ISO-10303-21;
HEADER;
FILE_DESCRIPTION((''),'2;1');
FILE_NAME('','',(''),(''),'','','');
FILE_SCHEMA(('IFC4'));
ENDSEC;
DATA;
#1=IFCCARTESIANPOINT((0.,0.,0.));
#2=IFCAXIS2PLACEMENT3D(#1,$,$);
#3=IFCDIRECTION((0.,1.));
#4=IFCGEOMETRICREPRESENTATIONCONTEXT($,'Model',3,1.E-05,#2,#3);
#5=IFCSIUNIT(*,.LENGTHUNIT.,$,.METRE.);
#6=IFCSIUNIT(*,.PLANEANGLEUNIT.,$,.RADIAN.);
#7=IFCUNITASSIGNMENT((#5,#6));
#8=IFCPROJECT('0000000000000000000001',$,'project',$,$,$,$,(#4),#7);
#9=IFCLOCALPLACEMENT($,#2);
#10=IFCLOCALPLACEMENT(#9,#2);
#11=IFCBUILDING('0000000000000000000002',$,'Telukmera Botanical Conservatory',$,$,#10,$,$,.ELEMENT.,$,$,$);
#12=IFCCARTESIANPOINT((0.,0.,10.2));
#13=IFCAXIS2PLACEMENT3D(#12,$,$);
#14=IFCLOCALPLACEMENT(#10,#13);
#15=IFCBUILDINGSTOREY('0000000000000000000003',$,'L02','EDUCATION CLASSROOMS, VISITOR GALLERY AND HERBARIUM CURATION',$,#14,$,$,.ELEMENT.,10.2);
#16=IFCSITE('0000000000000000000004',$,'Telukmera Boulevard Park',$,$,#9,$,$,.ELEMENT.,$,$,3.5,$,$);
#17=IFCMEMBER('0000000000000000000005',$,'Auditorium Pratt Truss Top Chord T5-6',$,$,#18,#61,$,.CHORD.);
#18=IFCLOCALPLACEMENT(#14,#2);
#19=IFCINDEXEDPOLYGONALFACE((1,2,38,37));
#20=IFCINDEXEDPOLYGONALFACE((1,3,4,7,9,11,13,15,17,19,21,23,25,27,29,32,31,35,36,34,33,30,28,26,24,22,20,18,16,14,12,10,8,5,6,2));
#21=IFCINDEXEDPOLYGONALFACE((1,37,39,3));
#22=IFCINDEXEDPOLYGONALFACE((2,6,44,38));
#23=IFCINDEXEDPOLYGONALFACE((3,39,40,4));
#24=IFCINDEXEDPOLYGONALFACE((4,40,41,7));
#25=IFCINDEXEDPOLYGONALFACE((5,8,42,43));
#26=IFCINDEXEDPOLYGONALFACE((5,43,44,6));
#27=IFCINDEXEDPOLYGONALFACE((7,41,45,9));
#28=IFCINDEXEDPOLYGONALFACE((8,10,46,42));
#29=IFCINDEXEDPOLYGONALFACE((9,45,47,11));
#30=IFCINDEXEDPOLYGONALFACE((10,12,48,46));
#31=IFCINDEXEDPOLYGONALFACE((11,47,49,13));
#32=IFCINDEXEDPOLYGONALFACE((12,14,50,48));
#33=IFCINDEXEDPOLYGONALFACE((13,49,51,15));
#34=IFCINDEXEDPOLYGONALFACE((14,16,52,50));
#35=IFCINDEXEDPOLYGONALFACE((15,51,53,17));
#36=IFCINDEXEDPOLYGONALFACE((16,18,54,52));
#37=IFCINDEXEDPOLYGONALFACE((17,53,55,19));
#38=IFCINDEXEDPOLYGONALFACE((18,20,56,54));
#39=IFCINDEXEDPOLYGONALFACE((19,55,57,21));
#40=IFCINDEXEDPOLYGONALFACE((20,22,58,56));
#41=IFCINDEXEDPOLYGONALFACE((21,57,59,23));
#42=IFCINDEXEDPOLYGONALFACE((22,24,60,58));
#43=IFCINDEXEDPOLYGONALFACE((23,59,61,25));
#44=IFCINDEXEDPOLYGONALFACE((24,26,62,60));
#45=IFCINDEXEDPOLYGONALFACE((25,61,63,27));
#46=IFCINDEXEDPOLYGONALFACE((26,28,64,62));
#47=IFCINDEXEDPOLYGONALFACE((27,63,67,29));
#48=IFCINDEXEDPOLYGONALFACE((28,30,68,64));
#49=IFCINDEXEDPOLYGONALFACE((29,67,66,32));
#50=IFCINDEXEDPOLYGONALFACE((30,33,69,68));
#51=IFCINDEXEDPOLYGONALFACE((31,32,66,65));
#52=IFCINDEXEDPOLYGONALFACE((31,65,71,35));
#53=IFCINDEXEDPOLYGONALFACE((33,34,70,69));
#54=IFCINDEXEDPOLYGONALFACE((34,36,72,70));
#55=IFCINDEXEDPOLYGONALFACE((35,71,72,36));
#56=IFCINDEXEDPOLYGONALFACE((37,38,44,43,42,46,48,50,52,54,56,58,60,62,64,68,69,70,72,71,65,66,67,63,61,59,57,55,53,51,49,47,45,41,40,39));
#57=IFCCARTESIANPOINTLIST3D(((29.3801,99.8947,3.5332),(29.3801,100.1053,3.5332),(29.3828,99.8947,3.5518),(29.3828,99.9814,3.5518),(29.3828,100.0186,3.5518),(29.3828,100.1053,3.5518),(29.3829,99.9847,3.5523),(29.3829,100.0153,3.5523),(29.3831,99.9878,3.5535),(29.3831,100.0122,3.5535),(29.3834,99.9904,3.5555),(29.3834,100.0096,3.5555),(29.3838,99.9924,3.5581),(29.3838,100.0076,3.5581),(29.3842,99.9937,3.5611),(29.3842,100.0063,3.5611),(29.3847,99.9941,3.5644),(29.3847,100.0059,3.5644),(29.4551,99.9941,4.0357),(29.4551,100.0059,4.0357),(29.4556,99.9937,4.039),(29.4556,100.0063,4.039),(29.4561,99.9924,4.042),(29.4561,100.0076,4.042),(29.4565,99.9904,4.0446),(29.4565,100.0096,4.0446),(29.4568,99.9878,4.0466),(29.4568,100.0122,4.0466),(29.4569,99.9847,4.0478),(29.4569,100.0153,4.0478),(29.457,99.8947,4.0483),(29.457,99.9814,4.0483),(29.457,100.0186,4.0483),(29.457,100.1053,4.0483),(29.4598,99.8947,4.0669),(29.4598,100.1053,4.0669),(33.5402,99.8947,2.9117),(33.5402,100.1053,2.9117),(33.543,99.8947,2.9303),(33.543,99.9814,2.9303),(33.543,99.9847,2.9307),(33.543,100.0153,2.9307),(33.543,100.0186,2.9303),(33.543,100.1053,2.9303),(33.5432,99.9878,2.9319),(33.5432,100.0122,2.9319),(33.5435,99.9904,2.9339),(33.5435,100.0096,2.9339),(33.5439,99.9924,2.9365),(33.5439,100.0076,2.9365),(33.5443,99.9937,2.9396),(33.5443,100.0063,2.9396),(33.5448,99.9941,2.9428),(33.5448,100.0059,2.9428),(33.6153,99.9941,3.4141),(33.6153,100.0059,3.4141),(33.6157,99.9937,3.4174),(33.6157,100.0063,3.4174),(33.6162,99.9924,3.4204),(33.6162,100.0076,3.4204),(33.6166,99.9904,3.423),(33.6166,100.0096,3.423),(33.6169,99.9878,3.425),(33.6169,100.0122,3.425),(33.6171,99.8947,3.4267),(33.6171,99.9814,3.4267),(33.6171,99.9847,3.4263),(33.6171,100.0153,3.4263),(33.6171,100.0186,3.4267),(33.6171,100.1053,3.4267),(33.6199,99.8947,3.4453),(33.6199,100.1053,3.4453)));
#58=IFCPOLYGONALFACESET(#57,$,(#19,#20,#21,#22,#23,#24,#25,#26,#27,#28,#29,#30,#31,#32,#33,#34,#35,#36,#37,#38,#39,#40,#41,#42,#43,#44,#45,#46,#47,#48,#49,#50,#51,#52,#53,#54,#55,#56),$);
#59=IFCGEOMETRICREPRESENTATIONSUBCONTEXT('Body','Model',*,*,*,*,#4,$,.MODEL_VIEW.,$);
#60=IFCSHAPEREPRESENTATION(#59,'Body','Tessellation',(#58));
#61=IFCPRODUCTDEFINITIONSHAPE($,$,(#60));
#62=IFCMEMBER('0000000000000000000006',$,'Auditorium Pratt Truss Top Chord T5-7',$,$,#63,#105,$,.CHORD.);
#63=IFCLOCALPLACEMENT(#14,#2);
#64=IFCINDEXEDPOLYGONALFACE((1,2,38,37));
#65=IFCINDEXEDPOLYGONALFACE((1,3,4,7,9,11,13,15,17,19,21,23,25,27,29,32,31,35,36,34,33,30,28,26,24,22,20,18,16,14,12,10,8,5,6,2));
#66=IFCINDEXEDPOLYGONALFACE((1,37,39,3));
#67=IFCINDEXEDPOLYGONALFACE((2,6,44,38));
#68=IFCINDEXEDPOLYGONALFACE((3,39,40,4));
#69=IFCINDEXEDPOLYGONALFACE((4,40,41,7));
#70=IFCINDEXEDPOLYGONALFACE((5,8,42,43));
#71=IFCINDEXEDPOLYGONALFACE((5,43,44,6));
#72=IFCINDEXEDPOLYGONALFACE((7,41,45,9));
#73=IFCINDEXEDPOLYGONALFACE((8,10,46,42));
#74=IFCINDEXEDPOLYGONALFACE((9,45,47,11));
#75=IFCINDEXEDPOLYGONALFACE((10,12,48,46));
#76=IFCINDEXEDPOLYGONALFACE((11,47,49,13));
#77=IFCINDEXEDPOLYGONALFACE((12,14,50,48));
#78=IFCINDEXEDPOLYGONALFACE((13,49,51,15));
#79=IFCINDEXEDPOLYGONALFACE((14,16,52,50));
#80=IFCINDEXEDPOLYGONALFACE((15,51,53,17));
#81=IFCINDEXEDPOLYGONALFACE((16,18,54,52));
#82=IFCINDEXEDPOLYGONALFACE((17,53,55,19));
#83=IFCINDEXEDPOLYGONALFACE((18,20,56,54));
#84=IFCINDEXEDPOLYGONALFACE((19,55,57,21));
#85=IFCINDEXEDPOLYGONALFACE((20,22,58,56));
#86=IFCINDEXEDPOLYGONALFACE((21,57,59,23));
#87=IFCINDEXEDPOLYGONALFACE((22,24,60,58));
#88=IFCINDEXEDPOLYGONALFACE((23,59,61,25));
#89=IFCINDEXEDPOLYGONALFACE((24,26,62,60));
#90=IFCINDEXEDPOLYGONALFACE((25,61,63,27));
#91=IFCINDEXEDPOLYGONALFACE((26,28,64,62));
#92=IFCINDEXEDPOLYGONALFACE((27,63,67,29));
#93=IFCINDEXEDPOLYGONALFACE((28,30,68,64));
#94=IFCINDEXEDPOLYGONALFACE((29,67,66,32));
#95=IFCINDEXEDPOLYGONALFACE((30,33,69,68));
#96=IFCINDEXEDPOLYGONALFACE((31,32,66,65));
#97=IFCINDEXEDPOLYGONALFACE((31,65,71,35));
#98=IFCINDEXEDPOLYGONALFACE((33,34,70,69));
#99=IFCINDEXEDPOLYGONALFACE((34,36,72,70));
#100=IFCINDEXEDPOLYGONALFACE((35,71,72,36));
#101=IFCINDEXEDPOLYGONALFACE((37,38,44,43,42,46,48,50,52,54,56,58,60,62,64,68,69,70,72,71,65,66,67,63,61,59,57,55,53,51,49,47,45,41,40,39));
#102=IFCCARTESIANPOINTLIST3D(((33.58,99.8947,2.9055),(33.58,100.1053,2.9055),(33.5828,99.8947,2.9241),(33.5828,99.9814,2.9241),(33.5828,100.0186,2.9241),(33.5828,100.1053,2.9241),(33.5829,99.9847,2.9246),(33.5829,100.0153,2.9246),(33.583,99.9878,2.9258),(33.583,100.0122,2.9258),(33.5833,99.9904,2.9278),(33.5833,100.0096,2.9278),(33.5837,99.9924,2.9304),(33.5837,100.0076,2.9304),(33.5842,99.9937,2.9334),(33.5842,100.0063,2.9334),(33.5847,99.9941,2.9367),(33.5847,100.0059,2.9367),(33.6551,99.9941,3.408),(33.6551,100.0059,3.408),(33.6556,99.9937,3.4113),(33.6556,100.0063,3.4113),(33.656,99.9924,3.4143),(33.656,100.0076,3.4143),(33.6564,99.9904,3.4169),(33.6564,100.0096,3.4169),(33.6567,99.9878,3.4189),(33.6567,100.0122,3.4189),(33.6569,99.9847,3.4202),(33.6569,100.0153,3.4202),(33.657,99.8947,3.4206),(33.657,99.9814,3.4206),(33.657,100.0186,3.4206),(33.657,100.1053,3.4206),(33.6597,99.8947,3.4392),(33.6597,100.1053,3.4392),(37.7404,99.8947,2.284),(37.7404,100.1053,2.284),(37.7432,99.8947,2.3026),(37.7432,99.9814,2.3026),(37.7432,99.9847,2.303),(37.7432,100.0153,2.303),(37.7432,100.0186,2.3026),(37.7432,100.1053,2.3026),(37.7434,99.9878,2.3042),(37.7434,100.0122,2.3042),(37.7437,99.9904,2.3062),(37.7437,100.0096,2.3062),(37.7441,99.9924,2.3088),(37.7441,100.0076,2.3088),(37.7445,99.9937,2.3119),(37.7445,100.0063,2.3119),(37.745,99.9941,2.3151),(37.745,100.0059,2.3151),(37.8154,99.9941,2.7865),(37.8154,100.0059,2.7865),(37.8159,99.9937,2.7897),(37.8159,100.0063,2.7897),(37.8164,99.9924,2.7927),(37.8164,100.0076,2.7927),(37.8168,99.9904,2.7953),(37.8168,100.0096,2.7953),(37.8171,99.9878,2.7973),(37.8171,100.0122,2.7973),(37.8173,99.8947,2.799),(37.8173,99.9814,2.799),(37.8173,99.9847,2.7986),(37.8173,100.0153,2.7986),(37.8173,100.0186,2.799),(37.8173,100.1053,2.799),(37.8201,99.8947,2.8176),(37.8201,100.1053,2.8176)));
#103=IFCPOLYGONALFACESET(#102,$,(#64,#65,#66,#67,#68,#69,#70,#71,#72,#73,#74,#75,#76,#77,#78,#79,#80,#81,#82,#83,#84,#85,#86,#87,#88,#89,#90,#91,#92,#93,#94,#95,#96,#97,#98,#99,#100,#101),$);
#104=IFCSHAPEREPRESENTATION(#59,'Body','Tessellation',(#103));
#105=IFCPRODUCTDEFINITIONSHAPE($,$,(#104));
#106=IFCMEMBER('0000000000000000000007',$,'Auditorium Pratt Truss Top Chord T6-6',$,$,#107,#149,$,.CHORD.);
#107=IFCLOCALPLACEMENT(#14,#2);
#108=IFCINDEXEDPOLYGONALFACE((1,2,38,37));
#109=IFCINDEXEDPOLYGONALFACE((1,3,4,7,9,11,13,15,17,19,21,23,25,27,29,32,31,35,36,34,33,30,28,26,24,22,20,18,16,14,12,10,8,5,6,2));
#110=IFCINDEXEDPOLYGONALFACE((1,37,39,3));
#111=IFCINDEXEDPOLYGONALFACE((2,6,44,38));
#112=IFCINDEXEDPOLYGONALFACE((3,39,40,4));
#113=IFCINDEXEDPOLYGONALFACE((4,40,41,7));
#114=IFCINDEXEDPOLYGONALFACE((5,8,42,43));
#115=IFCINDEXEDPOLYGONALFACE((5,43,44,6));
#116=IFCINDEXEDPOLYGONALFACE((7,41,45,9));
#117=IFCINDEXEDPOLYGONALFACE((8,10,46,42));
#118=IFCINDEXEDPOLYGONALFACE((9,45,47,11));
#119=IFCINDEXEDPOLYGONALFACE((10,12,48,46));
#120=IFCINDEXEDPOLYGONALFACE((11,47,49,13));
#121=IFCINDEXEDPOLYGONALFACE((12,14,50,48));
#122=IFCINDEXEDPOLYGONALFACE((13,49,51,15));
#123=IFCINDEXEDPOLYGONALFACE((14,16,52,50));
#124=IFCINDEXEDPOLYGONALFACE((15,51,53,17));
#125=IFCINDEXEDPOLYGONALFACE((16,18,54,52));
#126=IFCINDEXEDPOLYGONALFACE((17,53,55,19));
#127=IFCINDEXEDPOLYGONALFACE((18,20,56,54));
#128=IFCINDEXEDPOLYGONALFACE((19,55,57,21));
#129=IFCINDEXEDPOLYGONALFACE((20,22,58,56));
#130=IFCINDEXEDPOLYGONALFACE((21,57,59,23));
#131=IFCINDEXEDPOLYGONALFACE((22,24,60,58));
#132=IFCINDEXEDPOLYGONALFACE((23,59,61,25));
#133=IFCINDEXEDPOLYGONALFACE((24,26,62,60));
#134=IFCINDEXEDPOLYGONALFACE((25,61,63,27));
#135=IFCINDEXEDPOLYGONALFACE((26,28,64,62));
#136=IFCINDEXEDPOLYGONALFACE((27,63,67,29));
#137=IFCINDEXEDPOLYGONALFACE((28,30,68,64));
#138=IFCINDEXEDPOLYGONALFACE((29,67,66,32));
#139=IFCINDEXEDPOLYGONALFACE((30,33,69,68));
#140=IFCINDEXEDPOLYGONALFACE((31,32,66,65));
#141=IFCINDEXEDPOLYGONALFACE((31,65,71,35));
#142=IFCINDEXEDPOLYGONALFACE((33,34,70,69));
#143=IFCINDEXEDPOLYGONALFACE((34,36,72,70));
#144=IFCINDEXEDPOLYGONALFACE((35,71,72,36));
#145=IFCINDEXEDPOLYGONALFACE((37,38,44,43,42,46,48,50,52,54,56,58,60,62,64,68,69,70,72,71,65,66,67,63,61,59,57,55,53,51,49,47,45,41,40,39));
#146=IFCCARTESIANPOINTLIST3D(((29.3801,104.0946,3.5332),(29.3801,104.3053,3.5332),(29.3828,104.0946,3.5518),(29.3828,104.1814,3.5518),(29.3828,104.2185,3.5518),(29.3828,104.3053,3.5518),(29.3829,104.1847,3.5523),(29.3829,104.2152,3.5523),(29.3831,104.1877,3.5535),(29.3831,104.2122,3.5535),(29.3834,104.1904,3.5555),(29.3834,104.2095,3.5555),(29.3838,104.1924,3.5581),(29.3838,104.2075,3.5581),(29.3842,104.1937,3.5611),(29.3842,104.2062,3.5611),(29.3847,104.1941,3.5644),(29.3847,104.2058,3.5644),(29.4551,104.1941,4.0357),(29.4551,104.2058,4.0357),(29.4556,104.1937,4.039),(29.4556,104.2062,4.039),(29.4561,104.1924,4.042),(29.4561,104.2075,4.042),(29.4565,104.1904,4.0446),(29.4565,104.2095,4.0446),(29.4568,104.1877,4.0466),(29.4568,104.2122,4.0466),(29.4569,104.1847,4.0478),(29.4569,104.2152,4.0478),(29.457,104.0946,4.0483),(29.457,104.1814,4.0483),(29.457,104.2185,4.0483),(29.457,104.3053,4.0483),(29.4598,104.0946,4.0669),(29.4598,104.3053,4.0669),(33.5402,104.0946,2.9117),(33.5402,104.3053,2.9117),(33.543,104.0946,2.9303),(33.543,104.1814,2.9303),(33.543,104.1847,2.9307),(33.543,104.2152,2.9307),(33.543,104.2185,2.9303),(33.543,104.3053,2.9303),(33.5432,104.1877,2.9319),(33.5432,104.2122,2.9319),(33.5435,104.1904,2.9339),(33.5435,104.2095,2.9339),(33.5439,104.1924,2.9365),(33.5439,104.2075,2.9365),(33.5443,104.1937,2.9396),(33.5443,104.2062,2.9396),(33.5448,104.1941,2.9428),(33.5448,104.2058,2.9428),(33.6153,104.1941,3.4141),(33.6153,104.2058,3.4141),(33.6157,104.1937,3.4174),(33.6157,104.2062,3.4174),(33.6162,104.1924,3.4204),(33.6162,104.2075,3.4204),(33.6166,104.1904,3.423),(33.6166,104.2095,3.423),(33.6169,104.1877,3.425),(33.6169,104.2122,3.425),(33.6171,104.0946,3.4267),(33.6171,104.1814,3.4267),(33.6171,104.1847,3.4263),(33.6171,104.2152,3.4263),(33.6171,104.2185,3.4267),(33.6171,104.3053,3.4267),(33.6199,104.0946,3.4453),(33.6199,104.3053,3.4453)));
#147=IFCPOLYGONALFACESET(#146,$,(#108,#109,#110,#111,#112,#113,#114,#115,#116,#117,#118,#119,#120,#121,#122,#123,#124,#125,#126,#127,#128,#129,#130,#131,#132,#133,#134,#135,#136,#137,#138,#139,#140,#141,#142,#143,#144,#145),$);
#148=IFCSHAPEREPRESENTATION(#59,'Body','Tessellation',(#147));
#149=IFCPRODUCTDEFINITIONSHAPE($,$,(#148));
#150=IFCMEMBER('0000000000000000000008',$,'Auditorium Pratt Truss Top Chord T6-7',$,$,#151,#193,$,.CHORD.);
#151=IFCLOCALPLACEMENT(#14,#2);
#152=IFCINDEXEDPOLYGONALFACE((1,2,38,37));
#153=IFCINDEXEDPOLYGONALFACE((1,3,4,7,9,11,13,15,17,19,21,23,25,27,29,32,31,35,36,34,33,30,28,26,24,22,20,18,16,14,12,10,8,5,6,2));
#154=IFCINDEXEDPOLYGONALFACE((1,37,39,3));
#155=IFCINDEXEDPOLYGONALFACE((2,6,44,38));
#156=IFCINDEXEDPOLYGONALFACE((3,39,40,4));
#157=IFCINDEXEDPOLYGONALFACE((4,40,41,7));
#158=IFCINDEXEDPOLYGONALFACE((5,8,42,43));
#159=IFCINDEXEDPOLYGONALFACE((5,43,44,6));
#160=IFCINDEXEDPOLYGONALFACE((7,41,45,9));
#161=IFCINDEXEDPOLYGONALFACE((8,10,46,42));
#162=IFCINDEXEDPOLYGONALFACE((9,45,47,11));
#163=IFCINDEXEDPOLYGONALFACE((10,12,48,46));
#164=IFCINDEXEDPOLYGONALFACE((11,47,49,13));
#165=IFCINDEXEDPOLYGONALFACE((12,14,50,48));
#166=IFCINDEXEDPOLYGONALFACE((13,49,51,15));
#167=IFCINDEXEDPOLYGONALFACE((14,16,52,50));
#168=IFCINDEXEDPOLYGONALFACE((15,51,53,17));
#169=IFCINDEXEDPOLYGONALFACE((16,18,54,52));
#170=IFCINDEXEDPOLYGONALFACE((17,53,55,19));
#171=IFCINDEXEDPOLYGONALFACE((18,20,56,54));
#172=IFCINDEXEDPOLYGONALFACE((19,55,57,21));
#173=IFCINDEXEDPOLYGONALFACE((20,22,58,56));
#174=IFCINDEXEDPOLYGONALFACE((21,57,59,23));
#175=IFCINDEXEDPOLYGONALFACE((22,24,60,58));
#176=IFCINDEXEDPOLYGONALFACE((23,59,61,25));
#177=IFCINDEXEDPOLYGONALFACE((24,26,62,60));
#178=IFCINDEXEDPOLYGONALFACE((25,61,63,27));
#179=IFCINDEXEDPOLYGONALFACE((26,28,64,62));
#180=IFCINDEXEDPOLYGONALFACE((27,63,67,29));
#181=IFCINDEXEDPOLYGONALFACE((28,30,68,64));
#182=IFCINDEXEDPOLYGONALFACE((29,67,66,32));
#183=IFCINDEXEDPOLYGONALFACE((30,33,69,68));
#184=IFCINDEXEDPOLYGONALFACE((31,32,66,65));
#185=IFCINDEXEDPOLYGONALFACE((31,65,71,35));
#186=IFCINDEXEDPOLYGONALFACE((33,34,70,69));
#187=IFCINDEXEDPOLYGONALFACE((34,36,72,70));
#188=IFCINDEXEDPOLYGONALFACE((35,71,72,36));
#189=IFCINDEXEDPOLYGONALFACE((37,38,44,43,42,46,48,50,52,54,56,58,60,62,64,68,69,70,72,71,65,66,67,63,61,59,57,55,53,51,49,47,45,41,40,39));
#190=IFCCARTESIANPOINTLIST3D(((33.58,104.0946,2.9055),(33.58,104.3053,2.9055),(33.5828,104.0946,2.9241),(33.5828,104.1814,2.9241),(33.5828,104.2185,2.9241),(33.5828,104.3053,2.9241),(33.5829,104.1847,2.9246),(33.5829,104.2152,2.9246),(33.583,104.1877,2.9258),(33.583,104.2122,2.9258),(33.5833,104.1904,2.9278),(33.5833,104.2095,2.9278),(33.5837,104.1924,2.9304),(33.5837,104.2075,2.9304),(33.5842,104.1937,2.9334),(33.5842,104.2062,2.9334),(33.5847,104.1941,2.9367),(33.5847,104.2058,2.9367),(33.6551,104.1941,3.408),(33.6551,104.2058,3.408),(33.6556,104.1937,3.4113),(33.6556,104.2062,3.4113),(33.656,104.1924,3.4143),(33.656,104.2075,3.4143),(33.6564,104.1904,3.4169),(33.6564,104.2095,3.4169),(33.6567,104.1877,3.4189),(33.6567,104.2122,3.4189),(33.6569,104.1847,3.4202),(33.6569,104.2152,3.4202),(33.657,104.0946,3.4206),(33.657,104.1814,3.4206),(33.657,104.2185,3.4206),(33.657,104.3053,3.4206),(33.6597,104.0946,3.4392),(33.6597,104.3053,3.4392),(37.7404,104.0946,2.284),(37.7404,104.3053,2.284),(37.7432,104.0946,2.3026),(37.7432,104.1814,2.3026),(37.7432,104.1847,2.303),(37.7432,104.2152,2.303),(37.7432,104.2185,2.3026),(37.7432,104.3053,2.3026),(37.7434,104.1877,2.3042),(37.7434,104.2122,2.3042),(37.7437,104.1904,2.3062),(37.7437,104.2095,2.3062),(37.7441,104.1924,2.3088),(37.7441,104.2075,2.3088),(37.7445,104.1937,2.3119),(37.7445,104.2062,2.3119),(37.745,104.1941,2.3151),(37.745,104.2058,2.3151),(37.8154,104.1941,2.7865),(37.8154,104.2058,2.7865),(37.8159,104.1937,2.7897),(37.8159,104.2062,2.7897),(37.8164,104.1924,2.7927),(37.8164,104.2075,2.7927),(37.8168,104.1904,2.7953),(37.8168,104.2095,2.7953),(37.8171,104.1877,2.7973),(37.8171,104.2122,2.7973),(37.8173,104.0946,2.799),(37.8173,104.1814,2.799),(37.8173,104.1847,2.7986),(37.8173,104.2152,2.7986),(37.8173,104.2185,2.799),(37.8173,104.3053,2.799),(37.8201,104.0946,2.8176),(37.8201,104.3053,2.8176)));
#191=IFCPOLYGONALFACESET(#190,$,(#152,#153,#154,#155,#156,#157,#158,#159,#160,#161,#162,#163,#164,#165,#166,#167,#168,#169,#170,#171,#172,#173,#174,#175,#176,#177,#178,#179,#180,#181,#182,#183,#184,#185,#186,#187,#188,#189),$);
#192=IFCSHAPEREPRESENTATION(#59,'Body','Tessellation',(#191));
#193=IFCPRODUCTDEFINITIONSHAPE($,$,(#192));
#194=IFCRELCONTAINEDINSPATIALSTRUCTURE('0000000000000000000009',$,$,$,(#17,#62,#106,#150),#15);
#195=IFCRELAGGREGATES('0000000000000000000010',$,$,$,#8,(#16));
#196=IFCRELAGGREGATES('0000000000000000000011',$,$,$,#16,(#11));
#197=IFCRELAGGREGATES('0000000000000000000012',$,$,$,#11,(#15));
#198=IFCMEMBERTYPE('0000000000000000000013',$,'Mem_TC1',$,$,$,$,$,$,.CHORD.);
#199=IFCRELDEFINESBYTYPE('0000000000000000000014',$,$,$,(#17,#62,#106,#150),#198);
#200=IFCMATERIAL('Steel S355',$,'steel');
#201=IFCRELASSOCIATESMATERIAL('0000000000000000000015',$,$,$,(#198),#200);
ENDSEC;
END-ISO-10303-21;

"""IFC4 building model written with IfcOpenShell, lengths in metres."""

from ifc_helpers import new_model, si_unit, direction, frame, origin, origin_2d, place, context, subcontext, project, spatial, i_section, extrude, material, material_profile, profile_set, type_object, element, save


model = new_model("IFC4")

# Units and contexts
model_context = context("Model", 3, precision=1e-05, world=origin(), true_north=direction((0.0, 1.0)))
body_context = subcontext(model_context, "Body", "Model", "MODEL_VIEW")
ifc_project = project(units=[si_unit("LENGTHUNIT", "METRE"), si_unit("PLANEANGLEUNIT", "RADIAN")], contexts=[model_context])

# Site, building, storey
site_placement = place(None, origin())
site = spatial("IfcSite", under=ifc_project, at=site_placement, Name="Telukmera Boulevard Park", CompositionType="ELEMENT", RefElevation=3.5)
building_placement = place(site_placement, origin())
building = spatial("IfcBuilding", under=site, at=building_placement, Name="Telukmera Botanical Conservatory", CompositionType="ELEMENT")
storey_placement = place(building_placement, frame((0.0, 0.0, 10.2)))
storey = spatial("IfcBuildingStorey", under=building, at=storey_placement, Name="L02", Description="EDUCATION CLASSROOMS, VISITOR GALLERY AND HERBARIUM CURATION", CompositionType="ELEMENT", Elevation=10.2)

# Members
ifc_material = material(Name="Steel S355", Category="steel")
ifc_material_profile_1 = material_profile(ifc_material, i_section(OverallWidth=0.2107, OverallDepth=0.5396, WebThickness=0.0117, FlangeThickness=0.0188, FilletRadius=0.0127, at=origin_2d()), Name="UB 533x210x109")
ifc_profile_set_1 = profile_set([ifc_material_profile_1], Name="Steel S355")
member_type_1 = type_object("IfcMemberType", Name="Mem_TC1", PredefinedType="CHORD", material=ifc_profile_set_1)
member_1_placement = place(storey_placement, frame((29.4199, 100.0, 3.8), z_axis=(0.989021, 0.0, -0.147773), x_axis=(0.0, 1.0, 0.0)))
element("IfcMember", 1, at=member_1_placement, inside=storey, type_object=member_type_1, Name="Auditorium Pratt Truss Top Chord T5-6", PredefinedType="CHORD", context=body_context, shape_type="SweptSolid", body=[
    extrude(i_section(OverallWidth=0.2107, OverallDepth=0.5396, WebThickness=0.0117, FlangeThickness=0.0188, FilletRadius=0.0127, at=origin_2d()), origin(), (0.0, 0.0, 1.0), 4.2063),
])
member_2_placement = place(storey_placement, frame((33.6199, 100.0, 3.1724), z_axis=(0.989023, 0.0, -0.147764), x_axis=(0.0, 1.0, 0.0)))
element("IfcMember", 2, at=member_2_placement, inside=storey, type_object=member_type_1, Name="Auditorium Pratt Truss Top Chord T5-7", PredefinedType="CHORD", context=body_context, shape_type="SweptSolid", body=[
    extrude(i_section(OverallWidth=0.2107, OverallDepth=0.5396, WebThickness=0.0117, FlangeThickness=0.0188, FilletRadius=0.0127, at=origin_2d()), origin(), (0.0, 0.0, 1.0), 4.2065),
])
member_3_placement = place(storey_placement, frame((29.4199, 104.2, 3.8), z_axis=(0.989021, 0.0, -0.147773), x_axis=(0.0, 1.0, 0.0)))
element("IfcMember", 3, at=member_3_placement, inside=storey, type_object=member_type_1, Name="Auditorium Pratt Truss Top Chord T6-6", PredefinedType="CHORD", context=body_context, shape_type="SweptSolid", body=[
    extrude(i_section(OverallWidth=0.2107, OverallDepth=0.5396, WebThickness=0.0117, FlangeThickness=0.0188, FilletRadius=0.0127, at=origin_2d()), origin(), (0.0, 0.0, 1.0), 4.2063),
])
member_4_placement = place(storey_placement, frame((33.6199, 104.2, 3.1724), z_axis=(0.989023, 0.0, -0.147764), x_axis=(0.0, 1.0, 0.0)))
element("IfcMember", 4, at=member_4_placement, inside=storey, type_object=member_type_1, Name="Auditorium Pratt Truss Top Chord T6-7", PredefinedType="CHORD", context=body_context, shape_type="SweptSolid", body=[
    extrude(i_section(OverallWidth=0.2107, OverallDepth=0.5396, WebThickness=0.0117, FlangeThickness=0.0188, FilletRadius=0.0127, at=origin_2d()), origin(), (0.0, 0.0, 1.0), 4.2065),
])

save(model, "model.ifc")
